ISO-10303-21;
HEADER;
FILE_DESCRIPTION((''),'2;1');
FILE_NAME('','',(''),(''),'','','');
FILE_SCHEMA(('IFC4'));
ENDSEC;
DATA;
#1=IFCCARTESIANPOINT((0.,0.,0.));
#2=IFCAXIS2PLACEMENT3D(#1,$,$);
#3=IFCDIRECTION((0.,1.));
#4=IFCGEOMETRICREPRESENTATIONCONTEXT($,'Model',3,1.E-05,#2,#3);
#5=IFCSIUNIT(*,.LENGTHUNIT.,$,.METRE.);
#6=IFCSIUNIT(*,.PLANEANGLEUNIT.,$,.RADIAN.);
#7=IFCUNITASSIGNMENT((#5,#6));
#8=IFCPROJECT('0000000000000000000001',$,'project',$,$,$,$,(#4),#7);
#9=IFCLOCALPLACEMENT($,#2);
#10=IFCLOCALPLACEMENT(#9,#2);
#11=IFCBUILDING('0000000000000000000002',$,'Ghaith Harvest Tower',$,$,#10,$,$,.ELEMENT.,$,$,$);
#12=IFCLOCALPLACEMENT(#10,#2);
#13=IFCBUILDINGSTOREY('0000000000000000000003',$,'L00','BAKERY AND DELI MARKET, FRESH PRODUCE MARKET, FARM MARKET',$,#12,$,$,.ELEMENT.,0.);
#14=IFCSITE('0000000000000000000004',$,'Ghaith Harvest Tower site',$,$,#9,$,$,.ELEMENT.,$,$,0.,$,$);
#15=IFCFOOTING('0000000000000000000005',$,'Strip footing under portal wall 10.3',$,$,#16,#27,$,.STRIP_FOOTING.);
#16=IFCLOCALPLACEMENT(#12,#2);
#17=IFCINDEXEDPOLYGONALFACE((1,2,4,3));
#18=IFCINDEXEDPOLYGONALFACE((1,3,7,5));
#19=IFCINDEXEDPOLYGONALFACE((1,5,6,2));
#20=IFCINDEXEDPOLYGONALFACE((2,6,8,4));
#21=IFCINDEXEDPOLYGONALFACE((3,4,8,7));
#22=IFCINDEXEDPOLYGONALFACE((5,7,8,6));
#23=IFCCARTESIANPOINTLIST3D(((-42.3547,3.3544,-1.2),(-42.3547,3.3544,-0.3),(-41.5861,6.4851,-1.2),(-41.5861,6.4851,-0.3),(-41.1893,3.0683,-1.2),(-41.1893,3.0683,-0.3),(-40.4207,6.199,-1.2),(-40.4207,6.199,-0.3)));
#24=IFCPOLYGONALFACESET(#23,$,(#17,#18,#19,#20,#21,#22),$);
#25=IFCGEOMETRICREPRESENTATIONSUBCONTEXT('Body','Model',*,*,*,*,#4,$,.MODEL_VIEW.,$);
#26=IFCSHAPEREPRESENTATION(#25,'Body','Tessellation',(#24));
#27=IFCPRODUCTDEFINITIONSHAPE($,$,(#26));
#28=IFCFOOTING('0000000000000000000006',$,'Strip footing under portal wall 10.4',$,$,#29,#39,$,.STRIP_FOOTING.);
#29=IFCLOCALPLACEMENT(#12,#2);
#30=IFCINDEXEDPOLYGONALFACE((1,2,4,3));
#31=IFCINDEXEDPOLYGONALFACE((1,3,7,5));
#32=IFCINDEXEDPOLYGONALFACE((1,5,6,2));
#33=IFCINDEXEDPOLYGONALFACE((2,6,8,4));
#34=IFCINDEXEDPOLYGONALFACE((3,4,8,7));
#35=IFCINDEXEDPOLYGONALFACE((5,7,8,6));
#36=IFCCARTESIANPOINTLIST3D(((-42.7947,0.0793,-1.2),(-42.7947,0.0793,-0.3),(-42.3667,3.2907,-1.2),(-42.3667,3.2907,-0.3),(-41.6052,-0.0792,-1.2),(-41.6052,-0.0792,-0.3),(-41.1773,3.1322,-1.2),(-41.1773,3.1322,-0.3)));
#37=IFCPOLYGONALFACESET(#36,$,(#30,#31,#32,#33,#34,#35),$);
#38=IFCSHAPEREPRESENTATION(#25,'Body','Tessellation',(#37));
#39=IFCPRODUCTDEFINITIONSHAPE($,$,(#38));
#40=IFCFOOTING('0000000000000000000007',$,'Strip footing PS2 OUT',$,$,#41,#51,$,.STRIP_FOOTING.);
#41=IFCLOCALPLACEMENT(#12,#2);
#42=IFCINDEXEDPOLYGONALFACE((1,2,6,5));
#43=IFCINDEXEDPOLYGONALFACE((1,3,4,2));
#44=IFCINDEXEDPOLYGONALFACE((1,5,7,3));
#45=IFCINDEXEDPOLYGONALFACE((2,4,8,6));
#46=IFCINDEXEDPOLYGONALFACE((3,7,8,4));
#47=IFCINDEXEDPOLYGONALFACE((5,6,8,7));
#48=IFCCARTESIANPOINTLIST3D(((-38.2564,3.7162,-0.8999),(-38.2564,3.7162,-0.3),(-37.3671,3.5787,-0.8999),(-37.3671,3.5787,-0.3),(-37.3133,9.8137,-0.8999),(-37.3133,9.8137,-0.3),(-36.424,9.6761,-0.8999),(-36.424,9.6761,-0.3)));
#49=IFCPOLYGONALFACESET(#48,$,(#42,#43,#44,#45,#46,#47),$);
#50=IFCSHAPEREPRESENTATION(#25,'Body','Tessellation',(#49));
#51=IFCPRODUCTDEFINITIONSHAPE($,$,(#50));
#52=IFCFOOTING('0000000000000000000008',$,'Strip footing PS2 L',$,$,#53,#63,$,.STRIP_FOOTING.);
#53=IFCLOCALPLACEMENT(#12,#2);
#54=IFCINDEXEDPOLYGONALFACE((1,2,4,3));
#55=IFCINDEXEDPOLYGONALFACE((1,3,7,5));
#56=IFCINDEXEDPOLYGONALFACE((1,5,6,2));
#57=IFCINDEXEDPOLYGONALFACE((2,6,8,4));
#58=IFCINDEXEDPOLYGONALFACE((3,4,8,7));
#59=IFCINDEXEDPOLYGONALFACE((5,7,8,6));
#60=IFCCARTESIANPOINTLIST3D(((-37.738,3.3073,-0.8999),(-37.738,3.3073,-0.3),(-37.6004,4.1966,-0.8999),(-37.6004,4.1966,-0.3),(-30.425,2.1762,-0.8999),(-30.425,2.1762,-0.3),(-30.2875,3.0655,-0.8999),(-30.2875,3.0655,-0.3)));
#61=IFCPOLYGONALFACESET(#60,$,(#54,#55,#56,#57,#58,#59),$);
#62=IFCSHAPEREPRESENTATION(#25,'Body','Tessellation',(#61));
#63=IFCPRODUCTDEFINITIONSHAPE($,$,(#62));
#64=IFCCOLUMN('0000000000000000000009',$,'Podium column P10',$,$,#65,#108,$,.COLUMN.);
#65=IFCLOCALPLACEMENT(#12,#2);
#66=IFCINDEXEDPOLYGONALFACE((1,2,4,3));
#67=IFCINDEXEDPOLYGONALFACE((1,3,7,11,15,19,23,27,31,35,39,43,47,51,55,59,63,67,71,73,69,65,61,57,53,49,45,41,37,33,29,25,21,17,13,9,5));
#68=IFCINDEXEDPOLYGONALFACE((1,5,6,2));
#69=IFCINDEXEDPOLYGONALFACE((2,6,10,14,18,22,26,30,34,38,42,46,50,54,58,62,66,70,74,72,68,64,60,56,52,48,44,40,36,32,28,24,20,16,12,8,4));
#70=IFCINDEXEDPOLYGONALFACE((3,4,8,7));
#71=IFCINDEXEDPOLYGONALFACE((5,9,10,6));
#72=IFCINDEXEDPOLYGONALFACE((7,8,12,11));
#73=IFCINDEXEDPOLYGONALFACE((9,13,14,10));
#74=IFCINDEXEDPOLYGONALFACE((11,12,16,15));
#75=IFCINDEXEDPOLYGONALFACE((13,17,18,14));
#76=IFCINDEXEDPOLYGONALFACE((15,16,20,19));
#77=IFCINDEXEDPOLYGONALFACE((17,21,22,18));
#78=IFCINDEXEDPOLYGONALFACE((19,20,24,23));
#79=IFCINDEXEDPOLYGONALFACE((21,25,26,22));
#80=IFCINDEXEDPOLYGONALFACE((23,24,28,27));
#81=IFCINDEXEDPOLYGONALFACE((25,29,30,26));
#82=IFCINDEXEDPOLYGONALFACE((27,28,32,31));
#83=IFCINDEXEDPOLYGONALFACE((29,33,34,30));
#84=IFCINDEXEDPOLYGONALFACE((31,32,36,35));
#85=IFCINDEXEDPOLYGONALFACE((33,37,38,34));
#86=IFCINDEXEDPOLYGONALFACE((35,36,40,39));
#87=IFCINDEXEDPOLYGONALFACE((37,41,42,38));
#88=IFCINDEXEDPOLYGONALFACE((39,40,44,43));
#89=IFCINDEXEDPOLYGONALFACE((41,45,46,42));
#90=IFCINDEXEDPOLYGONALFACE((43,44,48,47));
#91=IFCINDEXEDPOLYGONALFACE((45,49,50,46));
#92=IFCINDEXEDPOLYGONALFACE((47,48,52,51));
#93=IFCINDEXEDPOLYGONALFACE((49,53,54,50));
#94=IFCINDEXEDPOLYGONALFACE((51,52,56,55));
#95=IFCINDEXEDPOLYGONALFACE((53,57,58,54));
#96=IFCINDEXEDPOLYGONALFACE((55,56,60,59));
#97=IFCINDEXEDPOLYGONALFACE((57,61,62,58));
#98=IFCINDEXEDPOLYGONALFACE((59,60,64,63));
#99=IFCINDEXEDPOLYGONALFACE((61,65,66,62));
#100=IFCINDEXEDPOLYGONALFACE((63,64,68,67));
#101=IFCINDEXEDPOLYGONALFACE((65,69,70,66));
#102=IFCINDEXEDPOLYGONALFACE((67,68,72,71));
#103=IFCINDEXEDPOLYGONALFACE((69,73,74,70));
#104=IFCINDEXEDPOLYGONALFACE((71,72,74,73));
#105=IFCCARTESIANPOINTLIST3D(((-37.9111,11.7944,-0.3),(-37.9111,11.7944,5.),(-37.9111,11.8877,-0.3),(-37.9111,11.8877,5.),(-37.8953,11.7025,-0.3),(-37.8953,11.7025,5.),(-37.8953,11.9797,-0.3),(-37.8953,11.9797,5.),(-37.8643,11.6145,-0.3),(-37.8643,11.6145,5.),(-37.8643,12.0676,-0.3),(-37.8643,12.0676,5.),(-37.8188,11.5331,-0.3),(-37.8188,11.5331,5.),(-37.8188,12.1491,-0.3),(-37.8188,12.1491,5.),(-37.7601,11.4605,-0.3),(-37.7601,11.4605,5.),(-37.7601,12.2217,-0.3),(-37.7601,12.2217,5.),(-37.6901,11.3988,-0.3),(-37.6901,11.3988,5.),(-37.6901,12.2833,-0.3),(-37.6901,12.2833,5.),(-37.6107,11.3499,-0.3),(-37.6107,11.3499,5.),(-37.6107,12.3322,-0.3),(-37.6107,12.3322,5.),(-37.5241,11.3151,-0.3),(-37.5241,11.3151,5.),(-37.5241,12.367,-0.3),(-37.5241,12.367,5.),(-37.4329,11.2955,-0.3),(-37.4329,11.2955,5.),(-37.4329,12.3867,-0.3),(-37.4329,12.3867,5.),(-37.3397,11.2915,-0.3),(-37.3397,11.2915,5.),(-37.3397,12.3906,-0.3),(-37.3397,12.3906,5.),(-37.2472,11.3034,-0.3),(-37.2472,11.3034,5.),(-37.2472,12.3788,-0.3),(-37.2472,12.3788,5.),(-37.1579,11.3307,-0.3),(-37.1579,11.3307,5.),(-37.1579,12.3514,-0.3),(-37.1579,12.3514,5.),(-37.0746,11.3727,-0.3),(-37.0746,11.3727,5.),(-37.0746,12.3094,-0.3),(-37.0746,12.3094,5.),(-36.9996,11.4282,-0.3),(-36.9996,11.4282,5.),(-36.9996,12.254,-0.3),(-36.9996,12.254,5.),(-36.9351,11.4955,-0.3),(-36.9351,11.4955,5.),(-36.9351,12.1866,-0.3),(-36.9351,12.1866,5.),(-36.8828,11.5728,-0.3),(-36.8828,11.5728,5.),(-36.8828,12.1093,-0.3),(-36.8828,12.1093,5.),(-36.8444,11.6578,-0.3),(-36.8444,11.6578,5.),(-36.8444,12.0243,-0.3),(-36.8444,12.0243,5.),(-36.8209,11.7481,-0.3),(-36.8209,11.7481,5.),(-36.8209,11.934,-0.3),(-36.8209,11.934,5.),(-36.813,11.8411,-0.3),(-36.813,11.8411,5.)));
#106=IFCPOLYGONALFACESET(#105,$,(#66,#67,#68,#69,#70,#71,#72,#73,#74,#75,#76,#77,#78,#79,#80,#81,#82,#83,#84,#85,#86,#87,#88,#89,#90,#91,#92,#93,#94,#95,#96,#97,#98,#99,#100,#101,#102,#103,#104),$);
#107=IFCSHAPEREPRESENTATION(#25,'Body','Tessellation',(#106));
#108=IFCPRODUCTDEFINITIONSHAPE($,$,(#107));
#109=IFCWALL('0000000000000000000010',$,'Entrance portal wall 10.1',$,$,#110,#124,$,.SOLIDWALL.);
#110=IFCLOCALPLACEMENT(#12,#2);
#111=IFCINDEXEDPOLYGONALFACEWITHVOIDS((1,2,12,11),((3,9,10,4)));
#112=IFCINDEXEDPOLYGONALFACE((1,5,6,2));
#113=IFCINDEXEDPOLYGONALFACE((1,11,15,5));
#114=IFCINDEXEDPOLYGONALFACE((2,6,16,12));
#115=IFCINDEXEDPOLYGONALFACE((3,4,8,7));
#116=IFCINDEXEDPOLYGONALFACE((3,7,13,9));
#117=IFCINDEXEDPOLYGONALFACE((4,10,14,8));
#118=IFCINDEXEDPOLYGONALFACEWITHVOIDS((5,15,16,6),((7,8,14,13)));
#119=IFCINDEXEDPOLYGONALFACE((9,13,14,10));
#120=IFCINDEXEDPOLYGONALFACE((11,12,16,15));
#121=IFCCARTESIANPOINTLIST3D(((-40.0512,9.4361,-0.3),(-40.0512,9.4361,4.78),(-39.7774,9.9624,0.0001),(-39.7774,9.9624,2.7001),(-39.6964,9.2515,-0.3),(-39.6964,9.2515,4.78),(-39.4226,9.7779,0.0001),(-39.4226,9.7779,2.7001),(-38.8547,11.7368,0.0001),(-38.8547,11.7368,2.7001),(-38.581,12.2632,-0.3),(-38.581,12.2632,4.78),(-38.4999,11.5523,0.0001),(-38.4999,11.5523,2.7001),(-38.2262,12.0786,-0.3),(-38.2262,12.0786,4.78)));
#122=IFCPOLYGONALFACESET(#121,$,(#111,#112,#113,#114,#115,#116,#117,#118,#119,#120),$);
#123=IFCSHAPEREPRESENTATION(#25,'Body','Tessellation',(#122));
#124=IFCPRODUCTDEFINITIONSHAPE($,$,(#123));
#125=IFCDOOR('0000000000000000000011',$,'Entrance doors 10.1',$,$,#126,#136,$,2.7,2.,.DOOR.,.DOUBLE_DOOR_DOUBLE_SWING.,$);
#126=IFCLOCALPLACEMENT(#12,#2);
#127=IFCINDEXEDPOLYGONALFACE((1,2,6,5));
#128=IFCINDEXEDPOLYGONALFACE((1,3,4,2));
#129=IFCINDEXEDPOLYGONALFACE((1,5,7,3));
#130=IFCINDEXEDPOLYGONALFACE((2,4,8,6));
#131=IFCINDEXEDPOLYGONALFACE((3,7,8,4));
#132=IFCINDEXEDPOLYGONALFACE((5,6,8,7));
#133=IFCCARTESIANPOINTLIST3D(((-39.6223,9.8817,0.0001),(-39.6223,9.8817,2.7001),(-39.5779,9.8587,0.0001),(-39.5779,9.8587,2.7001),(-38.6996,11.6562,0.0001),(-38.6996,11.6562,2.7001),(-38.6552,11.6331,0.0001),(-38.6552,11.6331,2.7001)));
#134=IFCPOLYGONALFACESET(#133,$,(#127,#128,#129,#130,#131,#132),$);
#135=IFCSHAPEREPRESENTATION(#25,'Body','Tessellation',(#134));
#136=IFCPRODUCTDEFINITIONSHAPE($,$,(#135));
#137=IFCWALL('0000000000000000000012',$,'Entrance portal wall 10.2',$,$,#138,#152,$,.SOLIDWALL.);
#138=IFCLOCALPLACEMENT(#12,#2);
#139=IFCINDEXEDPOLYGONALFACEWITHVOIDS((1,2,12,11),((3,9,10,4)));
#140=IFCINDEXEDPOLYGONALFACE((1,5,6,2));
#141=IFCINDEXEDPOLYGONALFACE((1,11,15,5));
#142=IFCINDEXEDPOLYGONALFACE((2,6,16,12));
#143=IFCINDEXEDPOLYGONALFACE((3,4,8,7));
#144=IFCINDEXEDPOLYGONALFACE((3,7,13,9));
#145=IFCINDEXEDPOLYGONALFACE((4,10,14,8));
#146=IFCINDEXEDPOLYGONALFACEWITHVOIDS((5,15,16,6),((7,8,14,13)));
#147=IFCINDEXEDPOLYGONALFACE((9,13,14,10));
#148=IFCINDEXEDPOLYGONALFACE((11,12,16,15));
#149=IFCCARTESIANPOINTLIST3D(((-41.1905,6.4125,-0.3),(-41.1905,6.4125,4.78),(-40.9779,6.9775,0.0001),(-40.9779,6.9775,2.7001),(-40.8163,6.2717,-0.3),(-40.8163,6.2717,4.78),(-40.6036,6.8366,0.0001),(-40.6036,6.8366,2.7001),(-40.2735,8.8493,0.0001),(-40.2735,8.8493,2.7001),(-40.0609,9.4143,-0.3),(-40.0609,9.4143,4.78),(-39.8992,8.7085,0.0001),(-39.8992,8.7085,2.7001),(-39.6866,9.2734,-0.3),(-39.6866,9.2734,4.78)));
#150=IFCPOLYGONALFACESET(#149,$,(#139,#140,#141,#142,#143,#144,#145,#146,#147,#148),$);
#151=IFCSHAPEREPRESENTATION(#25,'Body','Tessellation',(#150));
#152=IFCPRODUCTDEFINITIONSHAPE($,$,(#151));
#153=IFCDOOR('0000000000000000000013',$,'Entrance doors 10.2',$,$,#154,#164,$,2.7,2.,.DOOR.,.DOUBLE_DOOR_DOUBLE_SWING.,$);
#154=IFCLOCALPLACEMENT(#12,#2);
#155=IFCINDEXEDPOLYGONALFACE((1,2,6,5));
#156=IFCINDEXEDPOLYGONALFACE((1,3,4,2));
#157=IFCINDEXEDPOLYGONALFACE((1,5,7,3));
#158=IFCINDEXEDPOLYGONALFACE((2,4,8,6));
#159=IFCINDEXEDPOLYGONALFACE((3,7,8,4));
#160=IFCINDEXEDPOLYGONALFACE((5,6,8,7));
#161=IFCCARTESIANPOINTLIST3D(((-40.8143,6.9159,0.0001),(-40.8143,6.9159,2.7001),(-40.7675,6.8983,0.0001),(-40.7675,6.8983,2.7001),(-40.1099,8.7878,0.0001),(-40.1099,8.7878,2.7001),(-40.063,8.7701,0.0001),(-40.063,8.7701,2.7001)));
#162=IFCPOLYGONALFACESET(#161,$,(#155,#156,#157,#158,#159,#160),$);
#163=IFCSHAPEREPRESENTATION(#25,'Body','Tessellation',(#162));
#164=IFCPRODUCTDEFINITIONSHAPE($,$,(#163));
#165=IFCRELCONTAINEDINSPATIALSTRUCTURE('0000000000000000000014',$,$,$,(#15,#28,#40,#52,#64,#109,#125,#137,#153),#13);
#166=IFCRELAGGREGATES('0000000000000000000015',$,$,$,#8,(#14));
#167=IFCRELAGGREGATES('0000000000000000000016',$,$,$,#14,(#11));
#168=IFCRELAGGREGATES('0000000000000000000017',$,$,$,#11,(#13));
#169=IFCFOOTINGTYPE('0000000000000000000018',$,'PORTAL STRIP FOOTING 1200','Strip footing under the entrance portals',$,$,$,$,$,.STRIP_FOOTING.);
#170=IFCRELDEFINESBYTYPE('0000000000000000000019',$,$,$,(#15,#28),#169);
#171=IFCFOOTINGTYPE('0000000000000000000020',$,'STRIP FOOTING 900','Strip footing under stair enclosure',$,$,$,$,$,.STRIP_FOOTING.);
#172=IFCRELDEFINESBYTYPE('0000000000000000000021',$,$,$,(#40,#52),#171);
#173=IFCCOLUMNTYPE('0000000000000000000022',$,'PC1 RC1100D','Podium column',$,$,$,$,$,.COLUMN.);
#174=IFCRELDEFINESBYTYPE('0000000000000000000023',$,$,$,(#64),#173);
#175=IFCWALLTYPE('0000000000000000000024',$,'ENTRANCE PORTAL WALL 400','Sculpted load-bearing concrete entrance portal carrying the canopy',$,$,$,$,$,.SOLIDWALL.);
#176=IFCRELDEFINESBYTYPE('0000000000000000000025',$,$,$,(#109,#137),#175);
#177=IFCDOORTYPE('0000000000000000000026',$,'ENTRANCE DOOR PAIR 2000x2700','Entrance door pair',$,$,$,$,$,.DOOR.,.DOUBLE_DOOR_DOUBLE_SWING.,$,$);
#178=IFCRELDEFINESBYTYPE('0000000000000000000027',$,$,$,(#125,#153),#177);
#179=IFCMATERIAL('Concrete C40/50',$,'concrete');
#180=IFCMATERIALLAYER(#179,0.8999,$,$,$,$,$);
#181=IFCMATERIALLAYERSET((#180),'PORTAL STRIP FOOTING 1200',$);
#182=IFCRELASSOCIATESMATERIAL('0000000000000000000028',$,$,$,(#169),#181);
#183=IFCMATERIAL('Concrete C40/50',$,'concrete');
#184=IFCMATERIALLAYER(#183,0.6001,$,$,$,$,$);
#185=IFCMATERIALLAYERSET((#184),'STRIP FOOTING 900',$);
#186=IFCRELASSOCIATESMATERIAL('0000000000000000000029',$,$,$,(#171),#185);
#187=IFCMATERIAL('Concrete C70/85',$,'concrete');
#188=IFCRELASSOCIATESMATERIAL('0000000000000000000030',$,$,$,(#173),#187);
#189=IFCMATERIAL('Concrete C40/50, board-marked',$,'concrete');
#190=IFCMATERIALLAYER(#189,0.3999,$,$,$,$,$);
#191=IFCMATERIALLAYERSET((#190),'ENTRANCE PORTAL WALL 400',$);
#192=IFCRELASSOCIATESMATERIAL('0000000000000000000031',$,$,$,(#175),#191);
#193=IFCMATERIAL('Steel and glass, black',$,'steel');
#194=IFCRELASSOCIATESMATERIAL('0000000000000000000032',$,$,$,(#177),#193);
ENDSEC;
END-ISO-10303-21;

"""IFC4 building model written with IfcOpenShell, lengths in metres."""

from ifc_helpers import new_model, si_unit, direction, frame, frame_2d, origin, origin_2d, place, context, subcontext, project, spatial, rectangle, circle, extrude, material, layer, layer_set, material_profile, profile_set, type_object, element, fill, save


model = new_model("IFC4")

# Units and contexts
model_context = context("Model", 3, precision=1e-05, world=origin(), true_north=direction((0.0, 1.0)))
body_context = subcontext(model_context, "Body", "Model", "MODEL_VIEW")
ifc_project = project(units=[si_unit("LENGTHUNIT", "METRE"), si_unit("PLANEANGLEUNIT", "RADIAN")], contexts=[model_context])

# Site, building, storey
site_placement = place(None, origin())
site = spatial("IfcSite", under=ifc_project, at=site_placement, Name="Ghaith Harvest Tower site", CompositionType="ELEMENT", RefElevation=0.0)
building_placement = place(site_placement, origin())
building = spatial("IfcBuilding", under=site, at=building_placement, Name="Ghaith Harvest Tower", CompositionType="ELEMENT")
storey_placement = place(building_placement, origin())
storey = spatial("IfcBuildingStorey", under=building, at=storey_placement, Name="L00", Description="BAKERY AND DELI MARKET, FRESH PRODUCE MARKET, FARM MARKET", CompositionType="ELEMENT", Elevation=0.0)

# Footings
ifc_material_1 = material(Name="Concrete C40/50", Category="concrete")
ifc_layer_1 = layer(ifc_material_1, 0.8999)
ifc_layer_set_1 = layer_set([ifc_layer_1], Name="PORTAL STRIP FOOTING 1200")
footing_type_1 = type_object("IfcFootingType", Name="PORTAL STRIP FOOTING 1200", Description="Strip footing under the entrance portals", PredefinedType="STRIP_FOOTING", material=ifc_layer_set_1)
footing_1_placement = place(storey_placement, frame((-41.0034, 6.342, -1.2), z_axis=(0.0, 0.0, 1.0), x_axis=(-0.238417, -0.971163, 0.0)))
element("IfcFooting", 1, at=footing_1_placement, inside=storey, type_object=footing_type_1, Name="Strip footing under portal wall 10.3", PredefinedType="STRIP_FOOTING", context=body_context, shape_type="SweptSolid", body=[
    extrude(rectangle(XDim=3.2236, YDim=1.2, at=frame_2d((1.6118, 0.0))), origin(), (0.0, 0.0, 1.0), 0.8999),
])
footing_2_placement = place(storey_placement, frame((-41.772, 3.2114, -1.2), z_axis=(0.0, 0.0, 1.0), x_axis=(-0.1321, -0.991236, 0.0)))
element("IfcFooting", 2, at=footing_2_placement, inside=storey, type_object=footing_type_1, Name="Strip footing under portal wall 10.4", PredefinedType="STRIP_FOOTING", context=body_context, shape_type="SweptSolid", body=[
    extrude(rectangle(XDim=3.2397, YDim=1.2, at=frame_2d((1.6199, 0.0))), origin(), (0.0, 0.0, 1.0), 0.8999),
])
ifc_material_2 = material(Name="Concrete C40/50", Category="concrete")
ifc_layer_2 = layer(ifc_material_2, 0.6001)
ifc_layer_set_2 = layer_set([ifc_layer_2], Name="STRIP FOOTING 900")
footing_type_2 = type_object("IfcFootingType", Name="STRIP FOOTING 900", Description="Strip footing under stair enclosure", PredefinedType="STRIP_FOOTING", material=ifc_layer_set_2)
footing_3_placement = place(storey_placement, frame((-37.8118, 3.6475, -0.8999), z_axis=(0.0, 0.0, 1.0), x_axis=(0.152857, 0.988248, 0.0)))
element("IfcFooting", 3, at=footing_3_placement, inside=storey, type_object=footing_type_2, Name="Strip footing PS2 OUT", PredefinedType="STRIP_FOOTING", context=body_context, shape_type="SweptSolid", body=[
    extrude(rectangle(XDim=6.1699, YDim=0.8999, at=frame_2d((3.085, 0.0))), origin(), (0.0, 0.0, 1.0), 0.5999),
])
footing_4_placement = place(storey_placement, frame((-37.6692, 3.752, -0.8999), z_axis=(0.0, 0.0, 1.0), x_axis=(0.988249, -0.152853, 0.0)))
element("IfcFooting", 4, at=footing_4_placement, inside=storey, type_object=footing_type_2, Name="Strip footing PS2 L", PredefinedType="STRIP_FOOTING", context=body_context, shape_type="SweptSolid", body=[
    extrude(rectangle(XDim=7.3999, YDim=0.8999, at=frame_2d((3.7, 0.0))), origin(), (0.0, 0.0, 1.0), 0.5999),
])

# Column
ifc_material_3 = material(Name="Concrete C70/85", Category="concrete")
ifc_material_profile_1 = material_profile(ifc_material_3, circle(Radius=0.55, at=origin_2d()), Name="RC1100D")
ifc_profile_set_1 = profile_set([ifc_material_profile_1], Name="Concrete C70/85")
column_type = type_object("IfcColumnType", Name="PC1 RC1100D", Description="Podium column", PredefinedType="COLUMN", material=ifc_profile_set_1)
column_placement = place(storey_placement, frame((-37.363, 11.8411, -0.3), z_axis=(0.0, 0.0, 1.0), x_axis=(1.0, 0.0, 0.0)))
element("IfcColumn", 5, at=column_placement, inside=storey, type_object=column_type, Name="Podium column P10", PredefinedType="COLUMN", context=body_context, shape_type="SweptSolid", body=[
    extrude(circle(Radius=0.55, at=origin_2d()), origin(), (0.0, 0.0, 1.0), 5.3),
])

# Walls, openings, doors
ifc_material_4 = material(Name="Concrete C40/50, board-marked", Category="concrete")
ifc_layer_3 = layer(ifc_material_4, 0.3999)
ifc_layer_set_3 = layer_set([ifc_layer_3], Name="ENTRANCE PORTAL WALL 400")
wall_type_1 = type_object("IfcWallType", Name="ENTRANCE PORTAL WALL 400", Description="Sculpted load-bearing concrete entrance portal carrying the canopy", PredefinedType="SOLIDWALL", material=ifc_layer_set_3)
wall_1_placement = place(storey_placement, frame((-38.4036, 12.1709, -0.3), z_axis=(0.0, 0.0, 1.0), x_axis=(-0.461377, -0.887204, 0.0)))
wall_1 = element("IfcWall", 6, at=wall_1_placement, inside=storey, type_object=wall_type_1, Name="Entrance portal wall 10.1", PredefinedType="SOLIDWALL", context=body_context, shape_type="SweptSolid", body=[
    extrude(rectangle(XDim=3.1865, YDim=0.3999, at=frame_2d((1.5933, 0.0))), origin(), (0.0, 0.0, 1.0), 5.0801),
])
opening_1_placement = place(wall_1_placement, frame((0.5933, 0.0, 0.3)))
opening_1 = element("IfcOpeningElement", 7, at=opening_1_placement, cuts=wall_1, PredefinedType="OPENING", context=body_context, shape_type="SweptSolid", body=[
    extrude(rectangle(XDim=2.0, YDim=2.7, at=frame_2d((1.0, 1.3501))), frame((0.0, 0.21, 0.0), z_axis=(0.0, -1.0, 0.0), x_axis=(1.0, 0.0, 0.0)), (0.0, 0.0, 1.0), 0.4199),
])
ifc_material_5 = material(Name="Steel and glass, black", Category="steel")
door_type = type_object("IfcDoorType", Name="ENTRANCE DOOR PAIR 2000x2700", Description="Entrance door pair", OperationType="DOUBLE_DOOR_DOUBLE_SWING", PredefinedType="DOOR", material=ifc_material_5)
door_1_placement = place(opening_1_placement, origin())
door_1 = element("IfcDoor", 8, at=door_1_placement, inside=storey, type_object=door_type, Name="Entrance doors 10.1", OperationType="DOUBLE_DOOR_DOUBLE_SWING", OverallHeight=2.7, OverallWidth=2.0, PredefinedType="DOOR", context=body_context, shape_type="SweptSolid", body=[
    extrude(rectangle(XDim=2.0, YDim=2.7, at=frame_2d((1.0, 1.3501))), frame((0.0, 0.0249, 0.0), z_axis=(0.0, -1.0, 0.0), x_axis=(1.0, 0.0, 0.0)), (0.0, 0.0, 1.0), 0.05),
])
fill(opening_1, door_1)
wall_2_placement = place(storey_placement, frame((-39.8738, 9.3438, -0.3), z_axis=(0.0, 0.0, 1.0), x_axis=(-0.352216, -0.935919, 0.0)))
wall_2 = element("IfcWall", 9, at=wall_2_placement, inside=storey, type_object=wall_type_1, Name="Entrance portal wall 10.2", PredefinedType="SOLIDWALL", context=body_context, shape_type="SweptSolid", body=[
    extrude(rectangle(XDim=3.2073, YDim=0.3999, at=frame_2d((1.6035, 0.0))), origin(), (0.0, 0.0, 1.0), 5.0801),
])
opening_2_placement = place(wall_2_placement, frame((0.6035, 0.0, 0.3)))
opening_2 = element("IfcOpeningElement", 10, at=opening_2_placement, cuts=wall_2, PredefinedType="OPENING", context=body_context, shape_type="SweptSolid", body=[
    extrude(rectangle(XDim=2.0, YDim=2.7, at=frame_2d((1.0, 1.3501))), frame((0.0, 0.21, 0.0), z_axis=(0.0, -1.0, 0.0), x_axis=(1.0, 0.0, 0.0)), (0.0, 0.0, 1.0), 0.4199),
])
door_2_placement = place(opening_2_placement, origin())
door_2 = element("IfcDoor", 11, at=door_2_placement, inside=storey, type_object=door_type, Name="Entrance doors 10.2", OperationType="DOUBLE_DOOR_DOUBLE_SWING", OverallHeight=2.7, OverallWidth=2.0, PredefinedType="DOOR", context=body_context, shape_type="SweptSolid", body=[
    extrude(rectangle(XDim=2.0, YDim=2.7, at=frame_2d((1.0, 1.3501))), frame((0.0, 0.0249, 0.0), z_axis=(0.0, -1.0, 0.0), x_axis=(1.0, 0.0, 0.0)), (0.0, 0.0, 1.0), 0.05),
])
fill(opening_2, door_2)

save(model, "model.ifc")
